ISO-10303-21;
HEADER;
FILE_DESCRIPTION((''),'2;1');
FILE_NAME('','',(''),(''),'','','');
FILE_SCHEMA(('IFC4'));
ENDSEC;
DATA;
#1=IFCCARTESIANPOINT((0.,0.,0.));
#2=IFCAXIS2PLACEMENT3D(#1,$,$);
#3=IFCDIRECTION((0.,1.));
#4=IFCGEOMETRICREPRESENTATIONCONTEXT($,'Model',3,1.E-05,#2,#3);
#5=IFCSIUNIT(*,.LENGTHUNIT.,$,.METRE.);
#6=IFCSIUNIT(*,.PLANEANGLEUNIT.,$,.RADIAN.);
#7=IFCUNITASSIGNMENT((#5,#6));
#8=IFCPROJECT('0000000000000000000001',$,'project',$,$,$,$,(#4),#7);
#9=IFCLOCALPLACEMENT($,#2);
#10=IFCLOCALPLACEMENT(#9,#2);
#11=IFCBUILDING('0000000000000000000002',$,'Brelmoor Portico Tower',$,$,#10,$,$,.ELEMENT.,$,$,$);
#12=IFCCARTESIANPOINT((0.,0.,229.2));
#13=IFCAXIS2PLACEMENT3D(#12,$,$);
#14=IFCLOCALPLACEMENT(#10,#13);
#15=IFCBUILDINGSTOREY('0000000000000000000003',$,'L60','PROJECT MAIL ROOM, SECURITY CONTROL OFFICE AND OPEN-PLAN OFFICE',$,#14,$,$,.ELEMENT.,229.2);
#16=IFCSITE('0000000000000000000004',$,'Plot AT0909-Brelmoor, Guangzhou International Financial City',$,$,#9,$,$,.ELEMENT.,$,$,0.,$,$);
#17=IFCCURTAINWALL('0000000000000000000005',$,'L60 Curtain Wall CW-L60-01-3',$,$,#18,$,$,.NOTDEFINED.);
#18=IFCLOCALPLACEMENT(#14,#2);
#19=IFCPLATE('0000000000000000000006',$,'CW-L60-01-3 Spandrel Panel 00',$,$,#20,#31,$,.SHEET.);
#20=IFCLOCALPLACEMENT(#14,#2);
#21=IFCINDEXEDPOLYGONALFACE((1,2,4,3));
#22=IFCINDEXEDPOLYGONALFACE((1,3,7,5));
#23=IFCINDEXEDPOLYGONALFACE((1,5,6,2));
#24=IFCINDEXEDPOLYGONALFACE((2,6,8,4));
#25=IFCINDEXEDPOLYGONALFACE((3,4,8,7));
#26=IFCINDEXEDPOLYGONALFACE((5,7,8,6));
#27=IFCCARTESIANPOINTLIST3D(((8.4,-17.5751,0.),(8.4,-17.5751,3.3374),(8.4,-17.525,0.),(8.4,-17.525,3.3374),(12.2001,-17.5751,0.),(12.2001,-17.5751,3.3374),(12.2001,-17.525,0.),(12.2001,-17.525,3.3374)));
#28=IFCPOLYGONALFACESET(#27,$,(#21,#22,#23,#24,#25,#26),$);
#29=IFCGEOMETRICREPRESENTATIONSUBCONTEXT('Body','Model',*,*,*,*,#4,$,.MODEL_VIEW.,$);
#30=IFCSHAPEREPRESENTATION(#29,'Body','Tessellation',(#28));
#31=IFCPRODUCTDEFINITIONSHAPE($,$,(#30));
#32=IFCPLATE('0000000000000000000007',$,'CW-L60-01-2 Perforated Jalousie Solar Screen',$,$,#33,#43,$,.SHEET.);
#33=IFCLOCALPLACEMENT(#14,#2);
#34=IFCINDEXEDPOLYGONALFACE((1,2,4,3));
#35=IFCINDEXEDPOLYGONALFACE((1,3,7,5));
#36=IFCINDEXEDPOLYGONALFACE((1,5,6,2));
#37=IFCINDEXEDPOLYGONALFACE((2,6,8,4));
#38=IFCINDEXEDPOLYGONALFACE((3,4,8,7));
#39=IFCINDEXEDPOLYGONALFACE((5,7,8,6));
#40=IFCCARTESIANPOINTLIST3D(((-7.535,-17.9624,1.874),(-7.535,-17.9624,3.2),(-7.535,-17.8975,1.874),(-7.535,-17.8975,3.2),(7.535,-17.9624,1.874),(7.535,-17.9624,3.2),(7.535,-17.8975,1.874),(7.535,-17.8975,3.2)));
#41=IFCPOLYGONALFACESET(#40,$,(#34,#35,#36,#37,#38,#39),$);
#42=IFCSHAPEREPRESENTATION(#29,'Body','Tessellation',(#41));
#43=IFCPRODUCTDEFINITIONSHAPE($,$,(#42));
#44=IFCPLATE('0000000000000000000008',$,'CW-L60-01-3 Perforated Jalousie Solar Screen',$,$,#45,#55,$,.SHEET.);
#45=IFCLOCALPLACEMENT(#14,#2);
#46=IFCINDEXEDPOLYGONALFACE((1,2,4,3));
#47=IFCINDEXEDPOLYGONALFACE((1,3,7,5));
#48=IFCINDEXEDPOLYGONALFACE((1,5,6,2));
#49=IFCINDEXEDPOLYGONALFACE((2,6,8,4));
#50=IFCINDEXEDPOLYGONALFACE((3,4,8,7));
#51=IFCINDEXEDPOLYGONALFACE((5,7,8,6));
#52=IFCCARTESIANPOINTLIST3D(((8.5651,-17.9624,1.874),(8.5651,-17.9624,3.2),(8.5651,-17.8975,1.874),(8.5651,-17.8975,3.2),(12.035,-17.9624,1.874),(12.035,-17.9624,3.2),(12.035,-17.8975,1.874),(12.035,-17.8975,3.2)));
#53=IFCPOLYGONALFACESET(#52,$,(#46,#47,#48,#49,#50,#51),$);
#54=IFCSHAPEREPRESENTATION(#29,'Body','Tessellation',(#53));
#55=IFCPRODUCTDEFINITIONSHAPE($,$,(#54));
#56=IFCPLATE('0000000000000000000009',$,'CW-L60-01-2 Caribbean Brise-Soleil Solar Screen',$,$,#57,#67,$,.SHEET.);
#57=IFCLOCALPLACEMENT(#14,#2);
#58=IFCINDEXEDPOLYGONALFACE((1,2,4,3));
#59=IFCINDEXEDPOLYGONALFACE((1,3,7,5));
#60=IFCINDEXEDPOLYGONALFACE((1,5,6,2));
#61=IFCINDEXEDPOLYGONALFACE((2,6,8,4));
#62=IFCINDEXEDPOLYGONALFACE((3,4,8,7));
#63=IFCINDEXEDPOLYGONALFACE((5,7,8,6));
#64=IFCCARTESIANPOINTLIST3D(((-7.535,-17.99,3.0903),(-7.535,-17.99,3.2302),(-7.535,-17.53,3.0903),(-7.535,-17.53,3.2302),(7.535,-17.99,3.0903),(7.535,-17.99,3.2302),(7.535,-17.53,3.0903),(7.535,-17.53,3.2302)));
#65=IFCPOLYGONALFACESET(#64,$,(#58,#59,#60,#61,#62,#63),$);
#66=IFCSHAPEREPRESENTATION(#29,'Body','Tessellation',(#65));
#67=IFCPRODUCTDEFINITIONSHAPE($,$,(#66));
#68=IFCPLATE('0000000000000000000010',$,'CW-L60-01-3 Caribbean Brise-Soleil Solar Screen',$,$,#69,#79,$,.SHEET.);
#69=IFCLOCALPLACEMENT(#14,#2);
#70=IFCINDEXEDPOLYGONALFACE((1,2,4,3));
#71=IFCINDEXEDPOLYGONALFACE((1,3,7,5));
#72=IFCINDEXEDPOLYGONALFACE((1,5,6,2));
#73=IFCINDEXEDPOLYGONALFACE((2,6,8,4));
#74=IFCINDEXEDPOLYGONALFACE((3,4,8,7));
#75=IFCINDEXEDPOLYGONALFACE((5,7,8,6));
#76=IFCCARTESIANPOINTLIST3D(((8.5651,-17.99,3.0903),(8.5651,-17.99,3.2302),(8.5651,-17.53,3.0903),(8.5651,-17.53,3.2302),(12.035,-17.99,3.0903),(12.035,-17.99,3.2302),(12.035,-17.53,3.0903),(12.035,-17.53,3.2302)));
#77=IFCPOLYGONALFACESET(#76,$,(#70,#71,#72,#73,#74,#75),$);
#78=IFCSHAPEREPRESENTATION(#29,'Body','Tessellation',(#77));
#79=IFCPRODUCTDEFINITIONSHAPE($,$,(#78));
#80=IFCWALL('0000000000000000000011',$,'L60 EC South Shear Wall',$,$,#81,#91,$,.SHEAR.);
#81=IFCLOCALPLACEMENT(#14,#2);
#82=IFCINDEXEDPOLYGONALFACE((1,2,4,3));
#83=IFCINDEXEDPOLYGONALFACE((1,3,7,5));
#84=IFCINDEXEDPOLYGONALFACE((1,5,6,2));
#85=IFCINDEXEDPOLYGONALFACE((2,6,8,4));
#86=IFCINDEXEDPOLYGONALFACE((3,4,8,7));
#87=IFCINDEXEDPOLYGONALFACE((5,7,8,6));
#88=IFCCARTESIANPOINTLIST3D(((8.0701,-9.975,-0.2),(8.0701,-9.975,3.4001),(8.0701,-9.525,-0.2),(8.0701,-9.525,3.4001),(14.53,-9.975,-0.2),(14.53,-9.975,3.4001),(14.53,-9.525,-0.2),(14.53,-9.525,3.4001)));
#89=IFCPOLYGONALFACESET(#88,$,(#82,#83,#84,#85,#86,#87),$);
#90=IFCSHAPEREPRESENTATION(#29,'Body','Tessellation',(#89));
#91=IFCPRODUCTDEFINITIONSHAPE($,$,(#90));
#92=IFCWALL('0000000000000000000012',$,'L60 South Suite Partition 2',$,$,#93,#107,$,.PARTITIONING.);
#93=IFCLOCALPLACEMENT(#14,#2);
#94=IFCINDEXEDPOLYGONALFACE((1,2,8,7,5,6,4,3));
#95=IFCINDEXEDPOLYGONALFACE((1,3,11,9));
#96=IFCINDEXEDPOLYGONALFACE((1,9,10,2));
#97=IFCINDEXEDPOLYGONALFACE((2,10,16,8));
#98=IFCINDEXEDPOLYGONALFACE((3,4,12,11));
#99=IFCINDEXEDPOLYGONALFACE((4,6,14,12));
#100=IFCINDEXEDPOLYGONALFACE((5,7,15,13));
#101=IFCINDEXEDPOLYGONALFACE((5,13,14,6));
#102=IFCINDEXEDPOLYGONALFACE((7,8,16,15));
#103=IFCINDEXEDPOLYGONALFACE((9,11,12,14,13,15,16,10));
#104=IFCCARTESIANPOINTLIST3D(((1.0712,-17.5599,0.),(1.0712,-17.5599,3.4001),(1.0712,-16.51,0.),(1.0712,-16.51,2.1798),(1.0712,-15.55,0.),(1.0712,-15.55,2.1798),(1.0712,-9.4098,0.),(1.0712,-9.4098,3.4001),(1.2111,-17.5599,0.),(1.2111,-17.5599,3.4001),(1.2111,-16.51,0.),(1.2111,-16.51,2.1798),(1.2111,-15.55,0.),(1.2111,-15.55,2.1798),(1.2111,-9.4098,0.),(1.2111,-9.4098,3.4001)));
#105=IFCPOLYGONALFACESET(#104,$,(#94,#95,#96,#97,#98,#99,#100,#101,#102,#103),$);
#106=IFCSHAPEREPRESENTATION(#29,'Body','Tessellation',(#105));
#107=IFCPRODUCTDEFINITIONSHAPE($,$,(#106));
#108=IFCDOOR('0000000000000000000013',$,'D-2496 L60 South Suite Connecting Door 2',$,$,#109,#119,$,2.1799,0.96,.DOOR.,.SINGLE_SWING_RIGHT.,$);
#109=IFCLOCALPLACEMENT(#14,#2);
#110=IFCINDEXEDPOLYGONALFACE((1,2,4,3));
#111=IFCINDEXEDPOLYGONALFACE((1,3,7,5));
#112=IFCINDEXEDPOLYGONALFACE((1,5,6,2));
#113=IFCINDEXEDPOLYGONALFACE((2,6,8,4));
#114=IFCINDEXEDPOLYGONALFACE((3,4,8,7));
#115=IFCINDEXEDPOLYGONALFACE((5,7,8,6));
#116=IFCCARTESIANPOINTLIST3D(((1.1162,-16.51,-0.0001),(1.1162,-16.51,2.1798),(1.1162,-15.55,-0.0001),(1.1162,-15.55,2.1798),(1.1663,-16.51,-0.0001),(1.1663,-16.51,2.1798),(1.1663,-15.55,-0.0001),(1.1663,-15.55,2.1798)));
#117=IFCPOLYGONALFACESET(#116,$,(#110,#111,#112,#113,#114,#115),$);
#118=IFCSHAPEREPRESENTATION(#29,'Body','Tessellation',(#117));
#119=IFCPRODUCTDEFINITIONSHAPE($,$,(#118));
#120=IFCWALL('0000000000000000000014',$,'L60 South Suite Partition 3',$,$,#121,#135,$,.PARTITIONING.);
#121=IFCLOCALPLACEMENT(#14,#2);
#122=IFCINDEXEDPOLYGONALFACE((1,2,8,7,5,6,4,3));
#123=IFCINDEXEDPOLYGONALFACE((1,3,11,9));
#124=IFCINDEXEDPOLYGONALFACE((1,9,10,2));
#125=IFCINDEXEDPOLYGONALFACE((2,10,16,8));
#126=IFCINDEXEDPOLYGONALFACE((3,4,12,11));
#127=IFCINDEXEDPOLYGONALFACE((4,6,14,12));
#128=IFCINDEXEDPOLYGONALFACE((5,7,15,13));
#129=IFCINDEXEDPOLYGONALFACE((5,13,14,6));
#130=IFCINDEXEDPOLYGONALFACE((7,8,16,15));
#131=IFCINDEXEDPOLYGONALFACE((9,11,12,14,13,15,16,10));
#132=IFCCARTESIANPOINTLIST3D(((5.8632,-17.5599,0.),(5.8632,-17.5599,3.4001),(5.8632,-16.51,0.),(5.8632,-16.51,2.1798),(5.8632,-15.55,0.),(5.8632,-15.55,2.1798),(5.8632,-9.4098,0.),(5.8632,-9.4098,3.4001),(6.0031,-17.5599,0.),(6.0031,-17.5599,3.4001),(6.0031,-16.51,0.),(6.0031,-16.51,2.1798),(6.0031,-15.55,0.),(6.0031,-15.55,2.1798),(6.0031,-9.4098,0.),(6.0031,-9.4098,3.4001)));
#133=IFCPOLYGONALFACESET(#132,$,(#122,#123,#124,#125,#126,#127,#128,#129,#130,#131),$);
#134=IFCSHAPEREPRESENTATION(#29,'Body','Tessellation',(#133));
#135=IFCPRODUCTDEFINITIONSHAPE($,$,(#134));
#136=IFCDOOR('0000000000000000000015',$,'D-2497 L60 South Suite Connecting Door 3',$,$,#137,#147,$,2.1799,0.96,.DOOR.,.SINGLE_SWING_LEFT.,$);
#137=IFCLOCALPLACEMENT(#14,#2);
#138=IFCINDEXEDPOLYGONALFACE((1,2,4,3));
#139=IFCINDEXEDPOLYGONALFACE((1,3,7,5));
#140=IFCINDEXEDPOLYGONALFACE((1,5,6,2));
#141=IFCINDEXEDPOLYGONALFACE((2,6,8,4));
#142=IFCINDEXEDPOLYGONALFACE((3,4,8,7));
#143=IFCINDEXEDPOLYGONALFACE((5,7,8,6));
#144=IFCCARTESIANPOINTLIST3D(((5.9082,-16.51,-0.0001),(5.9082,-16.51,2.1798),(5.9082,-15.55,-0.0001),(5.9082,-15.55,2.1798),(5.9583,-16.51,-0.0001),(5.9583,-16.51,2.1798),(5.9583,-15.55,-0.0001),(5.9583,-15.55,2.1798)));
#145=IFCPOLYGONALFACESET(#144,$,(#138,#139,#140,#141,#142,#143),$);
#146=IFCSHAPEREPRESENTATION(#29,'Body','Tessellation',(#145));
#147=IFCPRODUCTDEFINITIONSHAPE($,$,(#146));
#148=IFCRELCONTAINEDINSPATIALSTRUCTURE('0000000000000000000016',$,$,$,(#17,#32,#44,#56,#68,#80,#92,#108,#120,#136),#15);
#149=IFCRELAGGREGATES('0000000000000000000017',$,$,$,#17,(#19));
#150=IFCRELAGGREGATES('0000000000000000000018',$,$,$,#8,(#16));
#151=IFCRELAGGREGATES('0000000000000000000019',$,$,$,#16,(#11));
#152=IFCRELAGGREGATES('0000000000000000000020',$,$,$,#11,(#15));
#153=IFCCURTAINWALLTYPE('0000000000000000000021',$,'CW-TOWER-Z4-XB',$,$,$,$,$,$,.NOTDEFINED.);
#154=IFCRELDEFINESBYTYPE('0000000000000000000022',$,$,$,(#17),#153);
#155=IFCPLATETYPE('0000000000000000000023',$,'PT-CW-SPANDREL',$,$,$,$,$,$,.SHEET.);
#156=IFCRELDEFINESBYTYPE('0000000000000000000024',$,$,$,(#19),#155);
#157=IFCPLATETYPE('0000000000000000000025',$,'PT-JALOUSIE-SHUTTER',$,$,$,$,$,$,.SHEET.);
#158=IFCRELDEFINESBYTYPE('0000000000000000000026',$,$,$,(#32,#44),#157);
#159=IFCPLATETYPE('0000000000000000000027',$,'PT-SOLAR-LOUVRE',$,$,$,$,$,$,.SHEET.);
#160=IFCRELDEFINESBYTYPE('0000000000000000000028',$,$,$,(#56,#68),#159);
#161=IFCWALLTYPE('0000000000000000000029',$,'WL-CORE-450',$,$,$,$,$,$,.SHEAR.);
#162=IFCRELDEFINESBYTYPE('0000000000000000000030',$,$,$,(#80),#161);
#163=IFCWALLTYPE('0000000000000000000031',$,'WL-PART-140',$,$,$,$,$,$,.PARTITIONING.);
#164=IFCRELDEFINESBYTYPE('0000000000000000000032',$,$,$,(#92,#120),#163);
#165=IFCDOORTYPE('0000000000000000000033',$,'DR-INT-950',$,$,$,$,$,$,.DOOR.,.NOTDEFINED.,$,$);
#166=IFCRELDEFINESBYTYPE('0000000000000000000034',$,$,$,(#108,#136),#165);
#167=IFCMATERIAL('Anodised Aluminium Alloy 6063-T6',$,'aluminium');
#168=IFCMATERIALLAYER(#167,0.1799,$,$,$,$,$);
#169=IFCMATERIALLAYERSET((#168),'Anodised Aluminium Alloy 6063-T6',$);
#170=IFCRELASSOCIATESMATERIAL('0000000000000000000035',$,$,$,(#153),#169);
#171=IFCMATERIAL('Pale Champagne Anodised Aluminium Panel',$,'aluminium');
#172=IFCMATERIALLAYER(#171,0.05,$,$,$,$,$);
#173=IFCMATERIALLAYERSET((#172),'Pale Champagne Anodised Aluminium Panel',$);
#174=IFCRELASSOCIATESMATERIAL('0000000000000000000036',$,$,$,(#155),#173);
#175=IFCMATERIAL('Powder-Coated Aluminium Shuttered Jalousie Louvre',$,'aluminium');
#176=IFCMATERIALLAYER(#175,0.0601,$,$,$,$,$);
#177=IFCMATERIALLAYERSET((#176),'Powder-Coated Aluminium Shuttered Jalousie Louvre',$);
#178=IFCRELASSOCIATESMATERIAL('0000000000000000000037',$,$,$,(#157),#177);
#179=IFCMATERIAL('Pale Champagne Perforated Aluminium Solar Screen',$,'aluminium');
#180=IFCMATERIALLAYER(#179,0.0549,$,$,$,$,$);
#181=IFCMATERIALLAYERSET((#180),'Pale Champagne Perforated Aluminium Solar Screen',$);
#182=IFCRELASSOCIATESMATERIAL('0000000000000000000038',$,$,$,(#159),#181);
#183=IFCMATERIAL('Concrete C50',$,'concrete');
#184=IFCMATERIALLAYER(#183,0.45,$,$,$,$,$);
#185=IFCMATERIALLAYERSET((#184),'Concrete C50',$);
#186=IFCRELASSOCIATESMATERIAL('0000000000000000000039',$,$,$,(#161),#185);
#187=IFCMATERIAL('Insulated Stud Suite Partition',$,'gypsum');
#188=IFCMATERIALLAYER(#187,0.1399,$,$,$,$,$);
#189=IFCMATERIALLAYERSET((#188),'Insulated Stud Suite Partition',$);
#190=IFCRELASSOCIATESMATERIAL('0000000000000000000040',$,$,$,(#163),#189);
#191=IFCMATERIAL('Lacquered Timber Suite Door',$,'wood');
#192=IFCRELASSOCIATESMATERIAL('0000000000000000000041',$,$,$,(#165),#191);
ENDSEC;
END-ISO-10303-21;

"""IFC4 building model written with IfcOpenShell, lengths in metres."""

from ifc_helpers import new_model, si_unit, direction, frame, frame_2d, origin, origin_2d, place, context, subcontext, project, spatial, rectangle, extrude, material, layer, layer_set, type_object, element, fill, aggregate, save


model = new_model("IFC4")

# Units and contexts
model_context = context("Model", 3, precision=1e-05, world=origin(), true_north=direction((0.0, 1.0)))
body_context = subcontext(model_context, "Body", "Model", "MODEL_VIEW")
ifc_project = project(units=[si_unit("LENGTHUNIT", "METRE"), si_unit("PLANEANGLEUNIT", "RADIAN")], contexts=[model_context])

# Site, building, storey
site_placement = place(None, origin())
site = spatial("IfcSite", under=ifc_project, at=site_placement, Name="Plot AT0909-Brelmoor, Guangzhou International Financial City", CompositionType="ELEMENT", RefElevation=0.0)
building_placement = place(site_placement, origin())
building = spatial("IfcBuilding", under=site, at=building_placement, Name="Brelmoor Portico Tower", CompositionType="ELEMENT")
storey_placement = place(building_placement, frame((0.0, 0.0, 229.2)))
storey = spatial("IfcBuildingStorey", under=building, at=storey_placement, Name="L60", Description="PROJECT MAIL ROOM, SECURITY CONTROL OFFICE AND OPEN-PLAN OFFICE", CompositionType="ELEMENT", Elevation=229.2)

# Shared definitions
ifc_material_1 = material(Name="Anodised Aluminium Alloy 6063-T6", Category="aluminium")
ifc_layer_1 = layer(ifc_material_1, 0.1799)
ifc_layer_set_1 = layer_set([ifc_layer_1], Name="Anodised Aluminium Alloy 6063-T6")
curtain_wall_type = type_object("IfcCurtainWallType", Name="CW-TOWER-Z4-XB", PredefinedType="NOTDEFINED", material=ifc_layer_set_1)

# Curtain wall
curtain_wall_1_placement = place(storey_placement, origin())
curtain_wall_1 = element("IfcCurtainWall", 1, at=curtain_wall_1_placement, inside=storey, type_object=curtain_wall_type, Name="L60 Curtain Wall CW-L60-01-3", PredefinedType="NOTDEFINED")

# Plate
ifc_material_2 = material(Name="Pale Champagne Anodised Aluminium Panel", Category="aluminium")
ifc_layer_2 = layer(ifc_material_2, 0.05)
ifc_layer_set_2 = layer_set([ifc_layer_2], Name="Pale Champagne Anodised Aluminium Panel")
plate_type_1 = type_object("IfcPlateType", Name="PT-CW-SPANDREL", PredefinedType="SHEET", material=ifc_layer_set_2)
plate_1_placement = place(storey_placement, frame((10.3, -17.55, 0.0), z_axis=(0.0, 0.0, 1.0), x_axis=(1.0, 0.0, 0.0)))
plate_1 = element("IfcPlate", 2, at=plate_1_placement, type_object=plate_type_1, Name="CW-L60-01-3 Spandrel Panel 00", PredefinedType="SHEET", context=body_context, shape_type="SweptSolid", body=[
    extrude(rectangle(XDim=3.8, YDim=0.05, at=origin_2d()), origin(), (0.0, 0.0, 1.0), 3.3374),
])
aggregate(curtain_wall_1, [plate_1])

# Plates
ifc_material_3 = material(Name="Powder-Coated Aluminium Shuttered Jalousie Louvre", Category="aluminium")
ifc_layer_3 = layer(ifc_material_3, 0.0601)
ifc_layer_set_3 = layer_set([ifc_layer_3], Name="Powder-Coated Aluminium Shuttered Jalousie Louvre")
plate_type_2 = type_object("IfcPlateType", Name="PT-JALOUSIE-SHUTTER", PredefinedType="SHEET", material=ifc_layer_set_3)
plate_2_placement = place(storey_placement, frame((0.0, -17.9299, 1.874), z_axis=(0.0, 0.0, 1.0), x_axis=(1.0, 0.0, 0.0)))
element("IfcPlate", 3, at=plate_2_placement, inside=storey, type_object=plate_type_2, Name="CW-L60-01-2 Perforated Jalousie Solar Screen", PredefinedType="SHEET", context=body_context, shape_type="SweptSolid", body=[
    extrude(rectangle(XDim=15.0701, YDim=0.0649, at=origin_2d()), origin(), (0.0, 0.0, 1.0), 1.3259),
])
plate_3_placement = place(storey_placement, frame((10.3, -17.9299, 1.874), z_axis=(0.0, 0.0, 1.0), x_axis=(1.0, 0.0, 0.0)))
element("IfcPlate", 4, at=plate_3_placement, inside=storey, type_object=plate_type_2, Name="CW-L60-01-3 Perforated Jalousie Solar Screen", PredefinedType="SHEET", context=body_context, shape_type="SweptSolid", body=[
    extrude(rectangle(XDim=3.47, YDim=0.0649, at=origin_2d()), origin(), (0.0, 0.0, 1.0), 1.3259),
])
ifc_material_4 = material(Name="Pale Champagne Perforated Aluminium Solar Screen", Category="aluminium")
ifc_layer_4 = layer(ifc_material_4, 0.0549)
ifc_layer_set_4 = layer_set([ifc_layer_4], Name="Pale Champagne Perforated Aluminium Solar Screen")
plate_type_3 = type_object("IfcPlateType", Name="PT-SOLAR-LOUVRE", PredefinedType="SHEET", material=ifc_layer_set_4)
plate_4_placement = place(storey_placement, frame((0.0, -17.76, 3.0903), z_axis=(0.0, 0.0, 1.0), x_axis=(1.0, 0.0, 0.0)))
element("IfcPlate", 5, at=plate_4_placement, inside=storey, type_object=plate_type_3, Name="CW-L60-01-2 Caribbean Brise-Soleil Solar Screen", PredefinedType="SHEET", context=body_context, shape_type="SweptSolid", body=[
    extrude(rectangle(XDim=15.0701, YDim=0.46, at=origin_2d()), origin(), (0.0, 0.0, 1.0), 0.1399),
])
plate_5_placement = place(storey_placement, frame((10.3, -17.76, 3.0903), z_axis=(0.0, 0.0, 1.0), x_axis=(1.0, 0.0, 0.0)))
element("IfcPlate", 6, at=plate_5_placement, inside=storey, type_object=plate_type_3, Name="CW-L60-01-3 Caribbean Brise-Soleil Solar Screen", PredefinedType="SHEET", context=body_context, shape_type="SweptSolid", body=[
    extrude(rectangle(XDim=3.47, YDim=0.46, at=origin_2d()), origin(), (0.0, 0.0, 1.0), 0.1399),
])

# Wall
ifc_material_5 = material(Name="Concrete C50", Category="concrete")
ifc_layer_5 = layer(ifc_material_5, 0.45)
ifc_layer_set_5 = layer_set([ifc_layer_5], Name="Concrete C50")
wall_type_1 = type_object("IfcWallType", Name="WL-CORE-450", PredefinedType="SHEAR", material=ifc_layer_set_5)
wall_1_placement = place(storey_placement, frame((8.0701, -9.75, -0.2), z_axis=(0.0, 0.0, 1.0), x_axis=(1.0, 0.0, 0.0)))
element("IfcWall", 7, at=wall_1_placement, inside=storey, type_object=wall_type_1, Name="L60 EC South Shear Wall", PredefinedType="SHEAR", context=body_context, shape_type="SweptSolid", body=[
    extrude(rectangle(XDim=6.46, YDim=0.45, at=frame_2d((3.23, 0.0))), origin(), (0.0, 0.0, 1.0), 3.6001),
])

# Walls, openings, doors
ifc_material_6 = material(Name="Insulated Stud Suite Partition", Category="gypsum")
ifc_layer_6 = layer(ifc_material_6, 0.1399)
ifc_layer_set_6 = layer_set([ifc_layer_6], Name="Insulated Stud Suite Partition")
wall_type_2 = type_object("IfcWallType", Name="WL-PART-140", PredefinedType="PARTITIONING", material=ifc_layer_set_6)
wall_2_placement = place(storey_placement, frame((1.1411, -17.5601, 0.0), z_axis=(0.0, 0.0, 1.0), x_axis=(0.0, 1.0, 0.0)))
wall_2 = element("IfcWall", 8, at=wall_2_placement, inside=storey, type_object=wall_type_2, Name="L60 South Suite Partition 2", PredefinedType="PARTITIONING", context=body_context, shape_type="SweptSolid", body=[
    extrude(rectangle(XDim=8.1501, YDim=0.1399, at=frame_2d((4.0752, 0.0))), origin(), (0.0, 0.0, 1.0), 3.4001),
])
opening_1_placement = place(wall_2_placement, frame((1.05, 0.0, 0.0)))
opening_1 = element("IfcOpeningElement", 9, at=opening_1_placement, cuts=wall_2, PredefinedType="OPENING", context=body_context, shape_type="SweptSolid", body=[
    extrude(rectangle(XDim=0.96, YDim=2.1799, at=frame_2d((0.48, 1.0898))), frame((0.0, 0.0798, 0.0), z_axis=(0.0, -1.0, 0.0), x_axis=(1.0, 0.0, 0.0)), (0.0, 0.0, 1.0), 0.1599),
])
ifc_material_7 = material(Name="Lacquered Timber Suite Door", Category="wood")
door_type_1 = type_object("IfcDoorType", Name="DR-INT-950", OperationType="NOTDEFINED", PredefinedType="DOOR", material=ifc_material_7)
door_1_placement = place(opening_1_placement, origin())
door_1 = element("IfcDoor", 10, at=door_1_placement, inside=storey, type_object=door_type_1, Name="D-2496 L60 South Suite Connecting Door 2", OperationType="SINGLE_SWING_RIGHT", OverallHeight=2.1799, OverallWidth=0.96, PredefinedType="DOOR", context=body_context, shape_type="SweptSolid", body=[
    extrude(rectangle(XDim=0.96, YDim=2.1799, at=frame_2d((0.48, 1.0898))), frame((0.0, 0.0249, 0.0), z_axis=(0.0, -1.0, 0.0), x_axis=(1.0, 0.0, 0.0)), (0.0, 0.0, 1.0), 0.05),
])
fill(opening_1, door_1)
wall_3_placement = place(storey_placement, frame((5.9331, -17.5601, 0.0), z_axis=(0.0, 0.0, 1.0), x_axis=(0.0, 1.0, 0.0)))
wall_3 = element("IfcWall", 11, at=wall_3_placement, inside=storey, type_object=wall_type_2, Name="L60 South Suite Partition 3", PredefinedType="PARTITIONING", context=body_context, shape_type="SweptSolid", body=[
    extrude(rectangle(XDim=8.1501, YDim=0.1399, at=frame_2d((4.0752, 0.0))), origin(), (0.0, 0.0, 1.0), 3.4001),
])
opening_2_placement = place(wall_3_placement, frame((1.05, 0.0, 0.0)))
opening_2 = element("IfcOpeningElement", 12, at=opening_2_placement, cuts=wall_3, PredefinedType="OPENING", context=body_context, shape_type="SweptSolid", body=[
    extrude(rectangle(XDim=0.96, YDim=2.1799, at=frame_2d((0.48, 1.0898))), frame((0.0, 0.0798, 0.0), z_axis=(0.0, -1.0, 0.0), x_axis=(1.0, 0.0, 0.0)), (0.0, 0.0, 1.0), 0.1599),
])
door_2_placement = place(opening_2_placement, origin())
door_2 = element("IfcDoor", 13, at=door_2_placement, inside=storey, type_object=door_type_1, Name="D-2497 L60 South Suite Connecting Door 3", OperationType="SINGLE_SWING_LEFT", OverallHeight=2.1799, OverallWidth=0.96, PredefinedType="DOOR", context=body_context, shape_type="SweptSolid", body=[
    extrude(rectangle(XDim=0.96, YDim=2.1799, at=frame_2d((0.48, 1.0898))), frame((0.0, 0.0249, 0.0), z_axis=(0.0, -1.0, 0.0), x_axis=(1.0, 0.0, 0.0)), (0.0, 0.0, 1.0), 0.05),
])
fill(opening_2, door_2)

save(model, "model.ifc")
